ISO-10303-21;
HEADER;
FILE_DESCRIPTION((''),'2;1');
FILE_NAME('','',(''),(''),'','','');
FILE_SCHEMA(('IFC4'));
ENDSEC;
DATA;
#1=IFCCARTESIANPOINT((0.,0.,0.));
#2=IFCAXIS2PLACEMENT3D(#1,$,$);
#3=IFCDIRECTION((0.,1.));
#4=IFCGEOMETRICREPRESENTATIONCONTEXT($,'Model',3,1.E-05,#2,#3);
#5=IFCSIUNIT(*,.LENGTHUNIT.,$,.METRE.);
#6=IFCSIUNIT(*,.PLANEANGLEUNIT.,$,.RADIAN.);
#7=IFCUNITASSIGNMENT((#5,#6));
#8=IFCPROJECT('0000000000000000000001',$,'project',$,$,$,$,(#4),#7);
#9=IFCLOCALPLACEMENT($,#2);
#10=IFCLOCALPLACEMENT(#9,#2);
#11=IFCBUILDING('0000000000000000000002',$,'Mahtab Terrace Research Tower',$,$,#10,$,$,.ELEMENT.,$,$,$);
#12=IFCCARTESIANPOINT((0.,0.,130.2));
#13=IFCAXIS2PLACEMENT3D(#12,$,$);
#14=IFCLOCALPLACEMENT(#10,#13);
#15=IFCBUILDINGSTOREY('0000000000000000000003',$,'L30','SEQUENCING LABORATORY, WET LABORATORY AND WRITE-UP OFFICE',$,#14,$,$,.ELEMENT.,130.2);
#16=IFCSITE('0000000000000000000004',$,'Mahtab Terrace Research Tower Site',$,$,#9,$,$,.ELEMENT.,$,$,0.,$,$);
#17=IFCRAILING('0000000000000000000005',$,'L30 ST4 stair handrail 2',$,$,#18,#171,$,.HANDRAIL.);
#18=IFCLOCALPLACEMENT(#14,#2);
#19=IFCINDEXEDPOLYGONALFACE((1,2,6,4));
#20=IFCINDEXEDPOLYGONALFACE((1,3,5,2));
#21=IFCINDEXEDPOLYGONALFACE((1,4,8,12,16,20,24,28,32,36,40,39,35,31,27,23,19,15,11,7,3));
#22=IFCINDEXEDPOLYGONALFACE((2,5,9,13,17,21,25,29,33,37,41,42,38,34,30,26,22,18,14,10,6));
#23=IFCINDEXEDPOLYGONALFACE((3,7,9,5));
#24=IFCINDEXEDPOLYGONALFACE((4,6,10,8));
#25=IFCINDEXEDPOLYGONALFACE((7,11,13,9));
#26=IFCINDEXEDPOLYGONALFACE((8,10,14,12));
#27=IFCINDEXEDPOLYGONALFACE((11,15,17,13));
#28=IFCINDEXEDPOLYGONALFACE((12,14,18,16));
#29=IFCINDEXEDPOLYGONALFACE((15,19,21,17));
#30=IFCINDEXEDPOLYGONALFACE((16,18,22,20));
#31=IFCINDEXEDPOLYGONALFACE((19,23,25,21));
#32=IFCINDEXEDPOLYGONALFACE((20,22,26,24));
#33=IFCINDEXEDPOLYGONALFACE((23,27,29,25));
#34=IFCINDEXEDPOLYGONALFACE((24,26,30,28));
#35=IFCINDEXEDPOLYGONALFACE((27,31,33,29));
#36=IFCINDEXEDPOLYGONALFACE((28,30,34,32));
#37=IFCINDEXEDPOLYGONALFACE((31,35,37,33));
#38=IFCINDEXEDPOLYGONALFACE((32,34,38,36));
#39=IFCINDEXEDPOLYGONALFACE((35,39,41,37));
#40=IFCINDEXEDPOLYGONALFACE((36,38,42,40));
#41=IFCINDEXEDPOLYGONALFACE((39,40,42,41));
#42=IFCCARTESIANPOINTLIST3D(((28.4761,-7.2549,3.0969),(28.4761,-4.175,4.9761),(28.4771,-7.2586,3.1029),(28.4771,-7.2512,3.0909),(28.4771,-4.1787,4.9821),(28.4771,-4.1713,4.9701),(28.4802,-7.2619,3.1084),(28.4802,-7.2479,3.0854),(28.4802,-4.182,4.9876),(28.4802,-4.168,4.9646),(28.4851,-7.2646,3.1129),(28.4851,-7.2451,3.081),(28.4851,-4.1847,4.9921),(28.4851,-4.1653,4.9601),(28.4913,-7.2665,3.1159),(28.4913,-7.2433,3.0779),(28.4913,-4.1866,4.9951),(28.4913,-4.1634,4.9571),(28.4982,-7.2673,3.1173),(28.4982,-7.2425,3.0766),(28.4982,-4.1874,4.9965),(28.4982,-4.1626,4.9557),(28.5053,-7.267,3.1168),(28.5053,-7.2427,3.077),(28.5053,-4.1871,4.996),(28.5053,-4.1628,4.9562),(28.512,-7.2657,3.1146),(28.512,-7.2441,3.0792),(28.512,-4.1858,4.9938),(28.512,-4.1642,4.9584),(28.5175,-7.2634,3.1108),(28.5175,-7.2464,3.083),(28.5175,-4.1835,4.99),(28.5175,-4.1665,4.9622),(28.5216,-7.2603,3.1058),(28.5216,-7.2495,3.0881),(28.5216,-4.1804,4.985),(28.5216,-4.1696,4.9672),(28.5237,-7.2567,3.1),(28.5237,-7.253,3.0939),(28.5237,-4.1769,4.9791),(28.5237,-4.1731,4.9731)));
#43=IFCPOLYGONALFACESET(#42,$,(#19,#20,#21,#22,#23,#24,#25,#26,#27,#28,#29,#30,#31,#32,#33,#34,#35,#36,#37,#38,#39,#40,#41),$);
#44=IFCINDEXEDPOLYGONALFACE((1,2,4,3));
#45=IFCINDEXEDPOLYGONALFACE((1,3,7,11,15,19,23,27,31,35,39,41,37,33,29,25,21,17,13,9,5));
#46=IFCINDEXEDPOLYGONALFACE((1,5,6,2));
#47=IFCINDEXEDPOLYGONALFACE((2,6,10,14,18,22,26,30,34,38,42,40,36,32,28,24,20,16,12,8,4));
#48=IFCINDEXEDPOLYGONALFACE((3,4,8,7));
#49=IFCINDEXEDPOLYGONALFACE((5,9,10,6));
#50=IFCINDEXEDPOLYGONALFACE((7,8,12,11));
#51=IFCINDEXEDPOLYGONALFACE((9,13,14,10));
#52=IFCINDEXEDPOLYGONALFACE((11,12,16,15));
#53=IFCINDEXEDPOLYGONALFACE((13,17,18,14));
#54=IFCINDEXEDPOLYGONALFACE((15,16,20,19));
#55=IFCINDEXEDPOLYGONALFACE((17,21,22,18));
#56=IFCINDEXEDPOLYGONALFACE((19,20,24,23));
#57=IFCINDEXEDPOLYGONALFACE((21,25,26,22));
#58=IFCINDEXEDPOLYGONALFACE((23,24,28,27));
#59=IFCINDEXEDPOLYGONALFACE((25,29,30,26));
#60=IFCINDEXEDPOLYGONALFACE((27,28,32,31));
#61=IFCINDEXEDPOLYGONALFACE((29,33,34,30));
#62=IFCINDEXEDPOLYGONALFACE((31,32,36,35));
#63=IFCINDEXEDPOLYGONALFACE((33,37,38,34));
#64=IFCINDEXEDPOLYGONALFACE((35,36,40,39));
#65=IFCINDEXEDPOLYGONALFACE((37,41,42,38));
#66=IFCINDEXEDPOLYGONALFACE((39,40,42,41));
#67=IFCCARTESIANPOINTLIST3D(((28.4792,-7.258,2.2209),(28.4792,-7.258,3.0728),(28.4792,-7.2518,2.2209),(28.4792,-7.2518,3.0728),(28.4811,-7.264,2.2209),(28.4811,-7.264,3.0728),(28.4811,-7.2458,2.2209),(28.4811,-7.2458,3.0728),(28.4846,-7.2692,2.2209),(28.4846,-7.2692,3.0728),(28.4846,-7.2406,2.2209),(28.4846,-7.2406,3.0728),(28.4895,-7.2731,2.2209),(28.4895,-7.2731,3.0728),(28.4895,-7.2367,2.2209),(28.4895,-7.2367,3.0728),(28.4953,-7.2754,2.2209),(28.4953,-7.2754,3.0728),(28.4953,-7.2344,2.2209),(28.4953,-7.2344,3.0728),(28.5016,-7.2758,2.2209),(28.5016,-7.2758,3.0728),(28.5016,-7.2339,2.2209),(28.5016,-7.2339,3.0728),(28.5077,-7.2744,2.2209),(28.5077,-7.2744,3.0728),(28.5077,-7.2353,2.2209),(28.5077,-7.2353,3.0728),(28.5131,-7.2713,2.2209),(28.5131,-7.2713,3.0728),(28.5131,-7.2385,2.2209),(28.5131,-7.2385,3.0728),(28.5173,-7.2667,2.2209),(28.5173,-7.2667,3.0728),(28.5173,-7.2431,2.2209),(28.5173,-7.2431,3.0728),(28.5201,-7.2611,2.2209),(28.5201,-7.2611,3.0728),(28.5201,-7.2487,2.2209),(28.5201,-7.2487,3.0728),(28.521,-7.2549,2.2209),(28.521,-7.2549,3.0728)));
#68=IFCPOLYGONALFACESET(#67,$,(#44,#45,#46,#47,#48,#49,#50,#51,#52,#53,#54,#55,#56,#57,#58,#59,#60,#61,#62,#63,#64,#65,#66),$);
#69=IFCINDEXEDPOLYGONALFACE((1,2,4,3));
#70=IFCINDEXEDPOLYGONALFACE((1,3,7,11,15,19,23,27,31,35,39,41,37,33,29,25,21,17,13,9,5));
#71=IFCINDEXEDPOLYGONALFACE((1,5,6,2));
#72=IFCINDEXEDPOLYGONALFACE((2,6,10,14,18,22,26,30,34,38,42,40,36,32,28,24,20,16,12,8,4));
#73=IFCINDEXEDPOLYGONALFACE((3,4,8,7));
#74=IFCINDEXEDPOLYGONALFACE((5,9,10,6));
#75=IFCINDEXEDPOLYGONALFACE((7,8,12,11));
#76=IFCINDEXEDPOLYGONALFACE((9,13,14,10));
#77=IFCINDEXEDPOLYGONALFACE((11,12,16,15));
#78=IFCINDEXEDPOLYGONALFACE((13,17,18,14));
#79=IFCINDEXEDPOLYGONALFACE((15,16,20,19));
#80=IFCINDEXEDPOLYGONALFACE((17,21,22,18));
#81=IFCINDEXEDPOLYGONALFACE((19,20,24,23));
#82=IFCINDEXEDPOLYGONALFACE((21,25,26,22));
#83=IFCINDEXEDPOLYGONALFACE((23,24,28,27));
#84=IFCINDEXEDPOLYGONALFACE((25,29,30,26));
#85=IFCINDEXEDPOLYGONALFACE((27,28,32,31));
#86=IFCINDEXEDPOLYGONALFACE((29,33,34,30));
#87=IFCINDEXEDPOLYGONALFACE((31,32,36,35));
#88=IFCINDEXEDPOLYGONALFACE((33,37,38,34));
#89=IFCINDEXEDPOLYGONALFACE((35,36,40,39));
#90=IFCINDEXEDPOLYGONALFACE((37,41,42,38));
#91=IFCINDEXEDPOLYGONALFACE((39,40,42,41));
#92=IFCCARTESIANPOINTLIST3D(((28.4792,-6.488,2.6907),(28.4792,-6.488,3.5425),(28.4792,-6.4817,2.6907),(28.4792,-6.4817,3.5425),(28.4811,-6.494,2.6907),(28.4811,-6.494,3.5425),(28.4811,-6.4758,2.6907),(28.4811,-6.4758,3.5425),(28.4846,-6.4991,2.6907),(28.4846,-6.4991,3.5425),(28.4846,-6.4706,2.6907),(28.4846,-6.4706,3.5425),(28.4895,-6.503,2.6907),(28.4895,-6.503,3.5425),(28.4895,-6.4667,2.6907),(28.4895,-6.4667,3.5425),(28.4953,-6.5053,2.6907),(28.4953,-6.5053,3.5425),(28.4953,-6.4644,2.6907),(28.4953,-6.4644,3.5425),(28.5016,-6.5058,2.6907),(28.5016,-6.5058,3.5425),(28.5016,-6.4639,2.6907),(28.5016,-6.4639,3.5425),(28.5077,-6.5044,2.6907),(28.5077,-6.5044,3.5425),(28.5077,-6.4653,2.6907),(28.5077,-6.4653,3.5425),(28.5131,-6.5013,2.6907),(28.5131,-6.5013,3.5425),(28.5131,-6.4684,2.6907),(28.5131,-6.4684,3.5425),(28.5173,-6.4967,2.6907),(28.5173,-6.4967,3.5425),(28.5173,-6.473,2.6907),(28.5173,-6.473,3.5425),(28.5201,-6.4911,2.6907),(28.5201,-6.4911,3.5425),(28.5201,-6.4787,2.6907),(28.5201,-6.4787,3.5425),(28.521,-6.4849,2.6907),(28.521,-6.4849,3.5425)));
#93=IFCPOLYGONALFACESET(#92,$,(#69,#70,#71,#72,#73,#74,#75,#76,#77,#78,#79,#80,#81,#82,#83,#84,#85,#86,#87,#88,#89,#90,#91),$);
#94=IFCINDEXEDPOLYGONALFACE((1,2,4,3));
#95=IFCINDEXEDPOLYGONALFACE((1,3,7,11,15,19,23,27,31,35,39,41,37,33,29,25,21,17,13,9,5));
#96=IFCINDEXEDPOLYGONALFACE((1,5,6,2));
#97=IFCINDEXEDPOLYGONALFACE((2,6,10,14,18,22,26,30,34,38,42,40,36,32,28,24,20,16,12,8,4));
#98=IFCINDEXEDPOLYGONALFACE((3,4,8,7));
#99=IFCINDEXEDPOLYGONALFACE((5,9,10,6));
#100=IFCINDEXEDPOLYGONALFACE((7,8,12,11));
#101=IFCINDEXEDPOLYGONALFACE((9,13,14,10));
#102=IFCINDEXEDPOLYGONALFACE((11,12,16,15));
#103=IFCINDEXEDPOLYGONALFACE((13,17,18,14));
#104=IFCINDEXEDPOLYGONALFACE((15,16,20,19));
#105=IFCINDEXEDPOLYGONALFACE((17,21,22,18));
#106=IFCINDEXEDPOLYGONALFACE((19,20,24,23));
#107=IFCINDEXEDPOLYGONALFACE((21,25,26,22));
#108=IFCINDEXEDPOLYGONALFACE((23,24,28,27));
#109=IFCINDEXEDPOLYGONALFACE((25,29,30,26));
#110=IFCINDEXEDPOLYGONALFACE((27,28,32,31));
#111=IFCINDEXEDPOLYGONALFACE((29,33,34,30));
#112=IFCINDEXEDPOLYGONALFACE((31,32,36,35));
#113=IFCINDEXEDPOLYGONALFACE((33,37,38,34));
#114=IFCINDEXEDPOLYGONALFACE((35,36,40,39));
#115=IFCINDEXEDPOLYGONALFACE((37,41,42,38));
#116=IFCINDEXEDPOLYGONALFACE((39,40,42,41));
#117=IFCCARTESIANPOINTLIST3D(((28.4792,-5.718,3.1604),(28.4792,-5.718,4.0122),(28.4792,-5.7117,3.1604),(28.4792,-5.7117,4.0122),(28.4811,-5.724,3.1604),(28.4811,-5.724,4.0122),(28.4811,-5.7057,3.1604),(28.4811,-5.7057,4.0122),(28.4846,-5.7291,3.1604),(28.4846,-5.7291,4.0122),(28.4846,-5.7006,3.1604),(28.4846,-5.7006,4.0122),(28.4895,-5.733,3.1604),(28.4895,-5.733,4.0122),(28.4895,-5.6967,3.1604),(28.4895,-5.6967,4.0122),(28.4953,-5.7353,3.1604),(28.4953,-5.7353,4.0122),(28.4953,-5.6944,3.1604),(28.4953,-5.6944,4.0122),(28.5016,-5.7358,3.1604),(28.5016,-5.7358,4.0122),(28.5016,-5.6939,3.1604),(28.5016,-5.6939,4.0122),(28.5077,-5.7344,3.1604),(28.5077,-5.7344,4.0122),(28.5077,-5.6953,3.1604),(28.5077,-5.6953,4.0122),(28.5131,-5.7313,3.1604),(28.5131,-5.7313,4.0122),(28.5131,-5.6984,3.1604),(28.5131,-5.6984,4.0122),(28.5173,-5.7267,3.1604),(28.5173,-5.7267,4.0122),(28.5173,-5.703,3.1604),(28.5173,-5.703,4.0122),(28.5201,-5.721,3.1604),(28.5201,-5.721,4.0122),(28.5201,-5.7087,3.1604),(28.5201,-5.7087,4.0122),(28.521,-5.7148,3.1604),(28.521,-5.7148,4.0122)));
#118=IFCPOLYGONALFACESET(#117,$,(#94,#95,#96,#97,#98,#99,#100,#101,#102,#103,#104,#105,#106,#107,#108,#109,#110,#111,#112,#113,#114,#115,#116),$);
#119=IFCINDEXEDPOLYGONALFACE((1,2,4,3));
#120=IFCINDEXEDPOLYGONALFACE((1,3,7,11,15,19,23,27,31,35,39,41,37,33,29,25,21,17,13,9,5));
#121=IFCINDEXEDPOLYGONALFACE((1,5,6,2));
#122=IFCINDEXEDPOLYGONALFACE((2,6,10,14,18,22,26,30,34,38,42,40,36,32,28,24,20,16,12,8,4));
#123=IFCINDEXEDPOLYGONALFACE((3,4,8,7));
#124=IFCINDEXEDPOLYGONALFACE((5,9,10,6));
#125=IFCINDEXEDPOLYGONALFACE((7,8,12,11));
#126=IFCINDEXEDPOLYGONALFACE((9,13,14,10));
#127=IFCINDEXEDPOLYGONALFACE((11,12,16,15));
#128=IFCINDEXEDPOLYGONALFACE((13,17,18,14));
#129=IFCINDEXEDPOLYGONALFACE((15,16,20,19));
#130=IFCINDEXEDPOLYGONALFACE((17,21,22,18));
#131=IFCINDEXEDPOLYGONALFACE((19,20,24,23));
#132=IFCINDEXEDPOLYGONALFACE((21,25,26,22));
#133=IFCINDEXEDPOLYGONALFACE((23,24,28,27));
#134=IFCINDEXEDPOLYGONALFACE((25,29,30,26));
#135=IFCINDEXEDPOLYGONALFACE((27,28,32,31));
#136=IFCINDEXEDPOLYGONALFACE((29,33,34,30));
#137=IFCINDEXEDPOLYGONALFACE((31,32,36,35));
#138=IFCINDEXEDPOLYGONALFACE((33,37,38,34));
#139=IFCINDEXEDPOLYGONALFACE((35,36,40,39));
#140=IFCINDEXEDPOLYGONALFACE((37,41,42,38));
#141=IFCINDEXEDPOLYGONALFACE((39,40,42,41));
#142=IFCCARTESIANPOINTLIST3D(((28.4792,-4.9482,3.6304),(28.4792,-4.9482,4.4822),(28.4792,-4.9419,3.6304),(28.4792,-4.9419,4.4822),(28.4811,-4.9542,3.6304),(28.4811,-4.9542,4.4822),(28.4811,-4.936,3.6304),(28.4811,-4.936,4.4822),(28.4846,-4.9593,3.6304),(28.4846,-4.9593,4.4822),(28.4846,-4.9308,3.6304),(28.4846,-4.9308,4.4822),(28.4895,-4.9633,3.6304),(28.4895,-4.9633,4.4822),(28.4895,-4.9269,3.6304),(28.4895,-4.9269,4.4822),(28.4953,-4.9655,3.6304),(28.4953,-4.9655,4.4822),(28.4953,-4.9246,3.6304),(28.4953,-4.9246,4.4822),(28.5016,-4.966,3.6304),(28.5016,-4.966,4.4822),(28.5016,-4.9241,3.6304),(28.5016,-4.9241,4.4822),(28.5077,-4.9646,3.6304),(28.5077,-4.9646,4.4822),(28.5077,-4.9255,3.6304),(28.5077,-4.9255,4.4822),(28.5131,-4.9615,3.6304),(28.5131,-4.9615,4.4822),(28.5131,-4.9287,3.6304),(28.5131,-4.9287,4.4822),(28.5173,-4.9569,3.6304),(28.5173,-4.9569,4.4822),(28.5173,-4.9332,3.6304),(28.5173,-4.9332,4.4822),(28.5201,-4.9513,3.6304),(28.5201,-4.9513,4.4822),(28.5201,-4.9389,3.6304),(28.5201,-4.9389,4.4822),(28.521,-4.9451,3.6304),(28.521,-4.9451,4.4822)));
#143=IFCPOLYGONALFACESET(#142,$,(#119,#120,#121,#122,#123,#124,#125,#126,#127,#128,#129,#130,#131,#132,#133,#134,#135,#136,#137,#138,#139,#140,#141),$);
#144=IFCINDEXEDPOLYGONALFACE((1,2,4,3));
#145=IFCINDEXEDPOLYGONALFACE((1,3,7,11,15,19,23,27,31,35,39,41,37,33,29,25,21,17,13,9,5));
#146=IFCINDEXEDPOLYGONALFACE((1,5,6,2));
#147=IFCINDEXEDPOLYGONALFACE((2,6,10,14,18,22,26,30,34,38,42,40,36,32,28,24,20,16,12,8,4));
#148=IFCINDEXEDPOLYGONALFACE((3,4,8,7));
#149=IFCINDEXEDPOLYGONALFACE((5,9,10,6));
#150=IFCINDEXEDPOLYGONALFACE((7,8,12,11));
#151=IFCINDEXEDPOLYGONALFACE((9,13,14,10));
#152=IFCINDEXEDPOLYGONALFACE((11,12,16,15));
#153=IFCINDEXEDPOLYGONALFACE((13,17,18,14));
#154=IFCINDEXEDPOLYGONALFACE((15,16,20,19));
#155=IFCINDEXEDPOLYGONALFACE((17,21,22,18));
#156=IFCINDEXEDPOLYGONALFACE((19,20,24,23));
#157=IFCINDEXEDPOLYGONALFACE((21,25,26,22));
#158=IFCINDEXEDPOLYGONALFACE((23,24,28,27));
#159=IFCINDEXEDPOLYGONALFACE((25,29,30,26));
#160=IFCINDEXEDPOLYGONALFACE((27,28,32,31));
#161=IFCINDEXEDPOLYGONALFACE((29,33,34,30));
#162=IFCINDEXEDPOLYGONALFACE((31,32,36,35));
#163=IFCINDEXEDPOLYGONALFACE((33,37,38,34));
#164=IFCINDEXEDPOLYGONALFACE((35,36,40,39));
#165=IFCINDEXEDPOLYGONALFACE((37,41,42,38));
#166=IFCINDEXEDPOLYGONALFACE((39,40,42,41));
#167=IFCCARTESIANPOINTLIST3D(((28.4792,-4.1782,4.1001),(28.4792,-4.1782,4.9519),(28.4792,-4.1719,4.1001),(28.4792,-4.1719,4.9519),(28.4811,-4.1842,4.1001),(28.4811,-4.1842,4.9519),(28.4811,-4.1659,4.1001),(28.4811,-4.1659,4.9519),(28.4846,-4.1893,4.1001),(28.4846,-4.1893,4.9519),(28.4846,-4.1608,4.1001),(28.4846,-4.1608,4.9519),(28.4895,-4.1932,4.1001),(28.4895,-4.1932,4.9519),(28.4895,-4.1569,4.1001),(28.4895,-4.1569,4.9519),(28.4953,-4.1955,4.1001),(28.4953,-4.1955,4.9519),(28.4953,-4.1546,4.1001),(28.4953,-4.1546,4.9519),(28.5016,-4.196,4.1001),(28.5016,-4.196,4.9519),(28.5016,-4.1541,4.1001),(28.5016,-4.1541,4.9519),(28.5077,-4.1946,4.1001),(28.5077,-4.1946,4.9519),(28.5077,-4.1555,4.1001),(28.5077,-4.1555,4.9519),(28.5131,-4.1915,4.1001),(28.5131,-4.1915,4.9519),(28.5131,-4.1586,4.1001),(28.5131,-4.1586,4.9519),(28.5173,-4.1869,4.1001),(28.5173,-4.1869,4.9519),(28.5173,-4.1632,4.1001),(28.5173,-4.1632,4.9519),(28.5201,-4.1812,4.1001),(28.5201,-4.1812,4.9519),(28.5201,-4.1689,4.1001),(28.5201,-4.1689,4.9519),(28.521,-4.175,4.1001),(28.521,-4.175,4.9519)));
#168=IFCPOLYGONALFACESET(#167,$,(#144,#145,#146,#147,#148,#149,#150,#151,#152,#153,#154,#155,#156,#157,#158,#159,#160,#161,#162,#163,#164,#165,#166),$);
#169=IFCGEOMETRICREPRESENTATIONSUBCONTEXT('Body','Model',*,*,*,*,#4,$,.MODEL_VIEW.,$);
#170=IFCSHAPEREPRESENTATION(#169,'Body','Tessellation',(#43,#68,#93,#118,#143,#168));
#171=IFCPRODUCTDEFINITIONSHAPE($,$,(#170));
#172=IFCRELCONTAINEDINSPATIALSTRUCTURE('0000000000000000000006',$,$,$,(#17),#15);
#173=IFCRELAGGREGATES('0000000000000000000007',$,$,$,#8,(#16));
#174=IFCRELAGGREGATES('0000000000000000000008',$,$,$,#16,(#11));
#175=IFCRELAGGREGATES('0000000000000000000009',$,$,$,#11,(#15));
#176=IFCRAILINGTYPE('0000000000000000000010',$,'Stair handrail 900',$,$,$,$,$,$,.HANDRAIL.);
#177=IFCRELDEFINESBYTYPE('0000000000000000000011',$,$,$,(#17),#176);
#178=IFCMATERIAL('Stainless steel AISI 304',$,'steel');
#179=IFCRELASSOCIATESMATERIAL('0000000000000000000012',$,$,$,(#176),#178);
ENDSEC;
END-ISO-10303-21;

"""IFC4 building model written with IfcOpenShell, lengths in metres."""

from ifc_helpers import new_model, si_unit, direction, frame, origin, origin_2d, place, context, subcontext, project, spatial, circle, extrude, material, type_object, element, save


model = new_model("IFC4")

# Units and contexts
model_context = context("Model", 3, precision=1e-05, world=origin(), true_north=direction((0.0, 1.0)))
body_context = subcontext(model_context, "Body", "Model", "MODEL_VIEW")
ifc_project = project(units=[si_unit("LENGTHUNIT", "METRE"), si_unit("PLANEANGLEUNIT", "RADIAN")], contexts=[model_context])

# Site, building, storey
site_placement = place(None, origin())
site = spatial("IfcSite", under=ifc_project, at=site_placement, Name="Mahtab Terrace Research Tower Site", CompositionType="ELEMENT", RefElevation=0.0)
building_placement = place(site_placement, origin())
building = spatial("IfcBuilding", under=site, at=building_placement, Name="Mahtab Terrace Research Tower", CompositionType="ELEMENT")
storey_placement = place(building_placement, frame((0.0, 0.0, 130.2)))
storey = spatial("IfcBuildingStorey", under=building, at=storey_placement, Name="L30", Description="SEQUENCING LABORATORY, WET LABORATORY AND WRITE-UP OFFICE", CompositionType="ELEMENT", Elevation=130.2)

# Railing
ifc_material_1 = material(Name="Stainless steel AISI 304", Category="steel")
railing_type_1 = type_object("IfcRailingType", Name="Stair handrail 900", PredefinedType="HANDRAIL", material=ifc_material_1)
railing_1_placement = place(storey_placement, frame((28.5, -7.2549, 2.2209)))
element("IfcRailing", 1, at=railing_1_placement, inside=storey, type_object=railing_type_1, Name="L30 ST4 stair handrail 2", PredefinedType="HANDRAIL", context=body_context, shape_type="SweptSolid", body=[
    extrude(circle(Radius=0.0239, at=origin_2d()), frame((0.0, 0.0, 0.876), z_axis=(0.0, 0.853648, 0.52085), x_axis=(-1.0, 0.0, 0.0)), (0.0, 0.0, 1.0), 3.6079),
    extrude(circle(Radius=0.021, at=origin_2d()), origin(), (0.0, 0.0, 1.0), 0.8518),
    extrude(circle(Radius=0.021, at=origin_2d()), frame((0.0, 0.77, 0.4697)), (0.0, 0.0, 1.0), 0.8518),
    extrude(circle(Radius=0.021, at=origin_2d()), frame((0.0, 1.54, 0.9395)), (0.0, 0.0, 1.0), 0.8518),
    extrude(circle(Radius=0.021, at=origin_2d()), frame((0.0, 2.3098, 1.4094)), (0.0, 0.0, 1.0), 0.8518),
    extrude(circle(Radius=0.021, at=origin_2d()), frame((0.0, 3.0798, 1.8792)), (0.0, 0.0, 1.0), 0.8518),
])

save(model, "model.ifc")
